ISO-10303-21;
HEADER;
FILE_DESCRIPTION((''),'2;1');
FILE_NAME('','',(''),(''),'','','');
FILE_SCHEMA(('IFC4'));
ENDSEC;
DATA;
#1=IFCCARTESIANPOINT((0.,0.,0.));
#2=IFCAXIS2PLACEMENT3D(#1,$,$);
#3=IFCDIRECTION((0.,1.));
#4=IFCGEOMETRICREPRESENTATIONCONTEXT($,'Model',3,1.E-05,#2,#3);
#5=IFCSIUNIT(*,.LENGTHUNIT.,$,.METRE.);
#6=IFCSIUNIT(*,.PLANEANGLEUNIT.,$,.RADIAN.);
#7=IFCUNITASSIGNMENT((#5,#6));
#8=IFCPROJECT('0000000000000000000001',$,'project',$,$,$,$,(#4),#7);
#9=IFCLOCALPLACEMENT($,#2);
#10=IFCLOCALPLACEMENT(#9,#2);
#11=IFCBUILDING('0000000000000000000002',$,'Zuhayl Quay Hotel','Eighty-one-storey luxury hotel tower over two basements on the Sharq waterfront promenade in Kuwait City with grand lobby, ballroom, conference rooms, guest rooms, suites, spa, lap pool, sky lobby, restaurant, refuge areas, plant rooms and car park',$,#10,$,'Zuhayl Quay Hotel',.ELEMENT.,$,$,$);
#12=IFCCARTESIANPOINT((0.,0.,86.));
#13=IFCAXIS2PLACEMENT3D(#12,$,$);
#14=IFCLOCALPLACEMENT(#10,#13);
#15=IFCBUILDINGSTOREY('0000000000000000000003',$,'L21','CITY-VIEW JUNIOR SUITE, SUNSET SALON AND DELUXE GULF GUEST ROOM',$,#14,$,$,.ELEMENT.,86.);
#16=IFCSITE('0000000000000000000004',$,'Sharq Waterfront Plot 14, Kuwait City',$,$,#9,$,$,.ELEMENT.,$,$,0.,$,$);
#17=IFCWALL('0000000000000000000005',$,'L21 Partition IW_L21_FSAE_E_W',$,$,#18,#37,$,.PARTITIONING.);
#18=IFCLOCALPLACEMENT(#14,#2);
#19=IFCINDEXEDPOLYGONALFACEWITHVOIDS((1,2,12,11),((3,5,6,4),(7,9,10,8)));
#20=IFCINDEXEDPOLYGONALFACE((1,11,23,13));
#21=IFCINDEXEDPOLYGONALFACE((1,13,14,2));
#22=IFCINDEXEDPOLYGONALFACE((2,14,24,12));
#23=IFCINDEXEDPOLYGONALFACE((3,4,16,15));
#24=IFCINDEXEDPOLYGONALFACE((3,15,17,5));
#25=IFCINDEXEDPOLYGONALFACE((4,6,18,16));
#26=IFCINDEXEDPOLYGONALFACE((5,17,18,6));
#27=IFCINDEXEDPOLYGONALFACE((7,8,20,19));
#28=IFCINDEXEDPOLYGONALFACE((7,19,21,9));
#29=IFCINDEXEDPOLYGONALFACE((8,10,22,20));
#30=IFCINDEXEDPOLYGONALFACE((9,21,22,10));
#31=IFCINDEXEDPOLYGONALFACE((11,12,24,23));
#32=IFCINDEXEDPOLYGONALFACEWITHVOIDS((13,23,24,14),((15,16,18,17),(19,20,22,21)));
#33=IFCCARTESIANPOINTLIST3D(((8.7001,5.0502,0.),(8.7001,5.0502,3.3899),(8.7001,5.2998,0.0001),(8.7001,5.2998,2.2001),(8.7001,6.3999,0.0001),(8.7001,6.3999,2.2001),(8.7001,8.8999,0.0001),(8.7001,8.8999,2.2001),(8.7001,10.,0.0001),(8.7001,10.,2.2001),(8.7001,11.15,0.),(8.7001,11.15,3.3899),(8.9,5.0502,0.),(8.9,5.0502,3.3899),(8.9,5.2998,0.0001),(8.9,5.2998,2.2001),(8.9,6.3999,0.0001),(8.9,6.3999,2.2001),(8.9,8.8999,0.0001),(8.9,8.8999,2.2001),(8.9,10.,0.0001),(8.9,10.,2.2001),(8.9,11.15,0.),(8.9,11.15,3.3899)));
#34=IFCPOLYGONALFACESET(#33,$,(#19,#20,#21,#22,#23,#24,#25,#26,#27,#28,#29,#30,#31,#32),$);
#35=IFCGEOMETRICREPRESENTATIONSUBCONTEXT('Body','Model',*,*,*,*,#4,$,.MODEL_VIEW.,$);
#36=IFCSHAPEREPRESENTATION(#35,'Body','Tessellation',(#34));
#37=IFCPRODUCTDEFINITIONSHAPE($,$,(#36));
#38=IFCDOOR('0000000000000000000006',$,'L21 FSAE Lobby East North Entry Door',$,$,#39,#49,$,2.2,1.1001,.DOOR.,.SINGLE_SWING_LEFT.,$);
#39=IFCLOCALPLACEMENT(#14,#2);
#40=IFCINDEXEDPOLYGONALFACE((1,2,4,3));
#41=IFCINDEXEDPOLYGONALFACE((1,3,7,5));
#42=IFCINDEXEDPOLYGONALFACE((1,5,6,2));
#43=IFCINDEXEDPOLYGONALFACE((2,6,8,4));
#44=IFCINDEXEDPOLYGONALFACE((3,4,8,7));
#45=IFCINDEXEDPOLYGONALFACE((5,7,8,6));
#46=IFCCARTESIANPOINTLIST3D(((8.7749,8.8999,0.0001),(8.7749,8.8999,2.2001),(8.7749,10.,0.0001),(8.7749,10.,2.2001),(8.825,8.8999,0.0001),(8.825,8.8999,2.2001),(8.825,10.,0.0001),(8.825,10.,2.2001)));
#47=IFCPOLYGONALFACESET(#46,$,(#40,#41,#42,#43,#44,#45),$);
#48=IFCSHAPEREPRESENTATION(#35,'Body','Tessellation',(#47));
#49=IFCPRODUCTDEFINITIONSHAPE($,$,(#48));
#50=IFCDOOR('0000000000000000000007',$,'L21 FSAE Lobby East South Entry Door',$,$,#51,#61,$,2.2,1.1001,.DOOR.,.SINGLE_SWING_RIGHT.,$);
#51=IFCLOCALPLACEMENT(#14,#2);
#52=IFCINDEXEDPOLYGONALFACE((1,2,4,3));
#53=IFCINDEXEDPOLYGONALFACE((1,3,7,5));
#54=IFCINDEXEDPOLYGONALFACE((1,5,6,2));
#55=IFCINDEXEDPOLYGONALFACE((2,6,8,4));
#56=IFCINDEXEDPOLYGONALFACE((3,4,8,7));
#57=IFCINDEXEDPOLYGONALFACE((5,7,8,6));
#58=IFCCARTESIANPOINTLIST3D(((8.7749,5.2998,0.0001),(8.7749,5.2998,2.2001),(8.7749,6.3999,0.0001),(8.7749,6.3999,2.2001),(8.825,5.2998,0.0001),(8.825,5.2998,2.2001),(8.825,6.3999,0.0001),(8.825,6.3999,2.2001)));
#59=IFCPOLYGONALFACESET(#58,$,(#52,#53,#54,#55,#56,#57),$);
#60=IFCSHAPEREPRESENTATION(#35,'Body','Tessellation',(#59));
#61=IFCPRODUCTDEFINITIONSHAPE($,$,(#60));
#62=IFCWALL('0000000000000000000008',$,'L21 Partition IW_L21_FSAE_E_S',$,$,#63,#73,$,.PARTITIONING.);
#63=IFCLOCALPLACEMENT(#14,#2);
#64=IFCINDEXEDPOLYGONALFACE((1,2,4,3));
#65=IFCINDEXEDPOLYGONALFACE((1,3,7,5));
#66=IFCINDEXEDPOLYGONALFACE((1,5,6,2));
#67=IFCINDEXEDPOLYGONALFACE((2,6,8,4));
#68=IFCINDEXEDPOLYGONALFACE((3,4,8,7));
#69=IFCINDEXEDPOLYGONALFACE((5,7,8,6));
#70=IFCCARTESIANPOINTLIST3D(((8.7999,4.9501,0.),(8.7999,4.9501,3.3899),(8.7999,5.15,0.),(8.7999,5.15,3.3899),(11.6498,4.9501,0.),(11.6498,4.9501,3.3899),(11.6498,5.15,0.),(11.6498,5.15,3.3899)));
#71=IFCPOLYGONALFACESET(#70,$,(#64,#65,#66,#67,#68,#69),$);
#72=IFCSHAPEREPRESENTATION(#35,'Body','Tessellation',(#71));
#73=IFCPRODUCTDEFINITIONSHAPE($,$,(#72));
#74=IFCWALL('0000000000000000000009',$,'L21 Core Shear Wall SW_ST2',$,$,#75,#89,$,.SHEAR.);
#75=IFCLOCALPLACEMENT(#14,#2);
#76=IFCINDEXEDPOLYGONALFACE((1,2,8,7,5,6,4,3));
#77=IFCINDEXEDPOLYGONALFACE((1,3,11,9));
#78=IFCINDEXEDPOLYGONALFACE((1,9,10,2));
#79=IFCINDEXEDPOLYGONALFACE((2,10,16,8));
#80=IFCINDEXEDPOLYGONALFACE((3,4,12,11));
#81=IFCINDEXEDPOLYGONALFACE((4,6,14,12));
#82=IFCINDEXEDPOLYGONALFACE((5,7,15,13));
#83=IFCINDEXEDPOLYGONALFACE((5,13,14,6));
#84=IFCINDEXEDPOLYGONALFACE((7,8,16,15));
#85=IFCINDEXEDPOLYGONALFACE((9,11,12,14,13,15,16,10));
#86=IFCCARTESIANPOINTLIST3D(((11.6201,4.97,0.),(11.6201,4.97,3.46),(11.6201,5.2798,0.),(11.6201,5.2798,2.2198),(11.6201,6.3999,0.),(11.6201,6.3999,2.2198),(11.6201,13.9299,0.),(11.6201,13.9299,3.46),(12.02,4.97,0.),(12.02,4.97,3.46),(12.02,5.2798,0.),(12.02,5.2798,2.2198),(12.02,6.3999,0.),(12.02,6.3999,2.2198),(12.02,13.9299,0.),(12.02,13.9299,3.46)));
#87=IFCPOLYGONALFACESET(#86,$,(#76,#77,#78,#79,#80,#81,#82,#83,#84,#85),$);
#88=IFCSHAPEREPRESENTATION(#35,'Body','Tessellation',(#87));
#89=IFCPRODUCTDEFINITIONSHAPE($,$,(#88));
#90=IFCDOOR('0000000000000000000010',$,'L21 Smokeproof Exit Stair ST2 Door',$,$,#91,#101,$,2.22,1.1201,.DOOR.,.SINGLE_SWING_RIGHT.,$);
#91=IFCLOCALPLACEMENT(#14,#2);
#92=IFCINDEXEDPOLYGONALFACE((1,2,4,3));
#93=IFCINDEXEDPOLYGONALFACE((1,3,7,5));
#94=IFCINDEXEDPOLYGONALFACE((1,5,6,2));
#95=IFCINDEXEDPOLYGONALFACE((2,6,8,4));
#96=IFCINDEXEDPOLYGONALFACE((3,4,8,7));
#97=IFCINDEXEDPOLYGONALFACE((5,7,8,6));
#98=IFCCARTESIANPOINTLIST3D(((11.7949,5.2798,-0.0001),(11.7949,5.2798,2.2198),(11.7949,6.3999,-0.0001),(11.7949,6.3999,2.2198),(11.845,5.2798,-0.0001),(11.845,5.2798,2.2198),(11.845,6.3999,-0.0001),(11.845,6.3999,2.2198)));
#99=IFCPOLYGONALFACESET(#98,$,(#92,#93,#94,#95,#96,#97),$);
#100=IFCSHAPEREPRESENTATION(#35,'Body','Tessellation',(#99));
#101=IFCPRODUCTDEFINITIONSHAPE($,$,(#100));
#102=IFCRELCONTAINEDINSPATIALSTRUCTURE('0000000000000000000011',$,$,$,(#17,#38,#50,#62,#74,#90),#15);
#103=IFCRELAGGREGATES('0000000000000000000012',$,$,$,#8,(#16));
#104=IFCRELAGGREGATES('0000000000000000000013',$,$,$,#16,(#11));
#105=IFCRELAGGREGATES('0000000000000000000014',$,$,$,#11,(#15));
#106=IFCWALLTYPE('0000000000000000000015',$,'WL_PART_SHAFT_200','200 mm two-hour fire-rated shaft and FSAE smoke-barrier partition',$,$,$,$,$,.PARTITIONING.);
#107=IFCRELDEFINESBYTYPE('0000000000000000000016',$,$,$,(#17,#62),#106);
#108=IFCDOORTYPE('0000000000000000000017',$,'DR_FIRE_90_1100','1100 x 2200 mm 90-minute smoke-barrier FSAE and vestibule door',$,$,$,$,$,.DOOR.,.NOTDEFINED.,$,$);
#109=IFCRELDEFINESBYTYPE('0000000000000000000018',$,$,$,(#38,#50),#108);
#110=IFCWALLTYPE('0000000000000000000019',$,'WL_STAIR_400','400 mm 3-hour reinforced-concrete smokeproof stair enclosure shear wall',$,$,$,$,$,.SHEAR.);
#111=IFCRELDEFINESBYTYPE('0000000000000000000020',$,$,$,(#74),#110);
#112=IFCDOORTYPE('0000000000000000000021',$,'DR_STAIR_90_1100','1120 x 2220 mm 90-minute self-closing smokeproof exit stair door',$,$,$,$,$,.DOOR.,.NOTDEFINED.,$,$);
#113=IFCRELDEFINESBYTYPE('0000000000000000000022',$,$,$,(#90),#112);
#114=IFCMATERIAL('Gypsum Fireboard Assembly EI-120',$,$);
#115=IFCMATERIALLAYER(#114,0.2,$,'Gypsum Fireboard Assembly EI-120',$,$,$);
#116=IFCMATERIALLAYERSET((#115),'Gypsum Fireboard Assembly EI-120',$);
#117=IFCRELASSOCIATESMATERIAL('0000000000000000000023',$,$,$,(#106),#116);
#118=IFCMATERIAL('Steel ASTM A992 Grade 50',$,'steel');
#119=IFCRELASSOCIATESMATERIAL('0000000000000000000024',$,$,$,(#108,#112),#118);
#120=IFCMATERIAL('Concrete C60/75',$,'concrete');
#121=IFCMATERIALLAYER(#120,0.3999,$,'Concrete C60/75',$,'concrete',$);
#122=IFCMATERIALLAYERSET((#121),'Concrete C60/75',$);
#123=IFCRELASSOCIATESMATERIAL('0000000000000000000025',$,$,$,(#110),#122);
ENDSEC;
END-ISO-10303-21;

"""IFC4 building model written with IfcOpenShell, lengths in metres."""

from ifc_helpers import new_model, si_unit, direction, frame, frame_2d, origin, place, context, subcontext, project, spatial, rectangle, extrude, material, layer, layer_set, type_object, element, fill, save


model = new_model("IFC4")

# Units and contexts
model_context = context("Model", 3, precision=1e-05, world=origin(), true_north=direction((0.0, 1.0)))
body_context = subcontext(model_context, "Body", "Model", "MODEL_VIEW")
ifc_project = project(units=[si_unit("LENGTHUNIT", "METRE"), si_unit("PLANEANGLEUNIT", "RADIAN")], contexts=[model_context])

# Site, building, storey
site_placement = place(None, origin())
site = spatial("IfcSite", under=ifc_project, at=site_placement, Name="Sharq Waterfront Plot 14, Kuwait City", CompositionType="ELEMENT", RefElevation=0.0)
building_placement = place(site_placement, origin())
building = spatial("IfcBuilding", under=site, at=building_placement, Name="Zuhayl Quay Hotel", Description="Eighty-one-storey luxury hotel tower over two basements on the Sharq waterfront promenade in Kuwait City with grand lobby, ballroom, conference rooms, guest rooms, suites, spa, lap pool, sky lobby, restaurant, refuge areas, plant rooms and car park", LongName="Zuhayl Quay Hotel", CompositionType="ELEMENT")
storey_placement = place(building_placement, frame((0.0, 0.0, 86.0)))
storey = spatial("IfcBuildingStorey", under=building, at=storey_placement, Name="L21", Description="CITY-VIEW JUNIOR SUITE, SUNSET SALON AND DELUXE GULF GUEST ROOM", CompositionType="ELEMENT", Elevation=86.0)

# Shared definitions
ifc_material_1 = material(Name="Steel ASTM A992 Grade 50", Category="steel")

# Wall, openings, doors
ifc_material_2 = material(Name="Gypsum Fireboard Assembly EI-120")
ifc_layer_1 = layer(ifc_material_2, 0.2, Name="Gypsum Fireboard Assembly EI-120")
ifc_layer_set_1 = layer_set([ifc_layer_1], Name="Gypsum Fireboard Assembly EI-120")
wall_type_1 = type_object("IfcWallType", Name="WL_PART_SHAFT_200", Description="200 mm two-hour fire-rated shaft and FSAE smoke-barrier partition", PredefinedType="PARTITIONING", material=ifc_layer_set_1)
wall_1_placement = place(storey_placement, frame((8.8, 11.1499, 0.0), z_axis=(0.0, 0.0, 1.0), x_axis=(0.0, -1.0, 0.0)))
wall_1 = element("IfcWall", 1, at=wall_1_placement, inside=storey, type_object=wall_type_1, Name="L21 Partition IW_L21_FSAE_E_W", PredefinedType="PARTITIONING", context=body_context, shape_type="SweptSolid", body=[
    extrude(rectangle(XDim=6.0999, YDim=0.2, at=frame_2d((3.0498, 0.0))), origin(), (0.0, 0.0, 1.0), 3.3899),
])
opening_1_placement = place(wall_1_placement, frame((1.1499, 0.0, 0.0)))
opening_1 = element("IfcOpeningElement", 2, at=opening_1_placement, cuts=wall_1, PredefinedType="OPENING", context=body_context, shape_type="SweptSolid", body=[
    extrude(rectangle(XDim=1.1001, YDim=2.2, at=frame_2d((0.55, 1.1001))), frame((0.0, 0.1099, 0.0), z_axis=(0.0, -1.0, 0.0), x_axis=(1.0, 0.0, 0.0)), (0.0, 0.0, 1.0), 0.22),
])
opening_2_placement = place(wall_1_placement, frame((4.75, 0.0, 0.0)))
opening_2 = element("IfcOpeningElement", 3, at=opening_2_placement, cuts=wall_1, PredefinedType="OPENING", context=body_context, shape_type="SweptSolid", body=[
    extrude(rectangle(XDim=1.1001, YDim=2.2, at=frame_2d((0.55, 1.1001))), frame((0.0, 0.1099, 0.0), z_axis=(0.0, -1.0, 0.0), x_axis=(1.0, 0.0, 0.0)), (0.0, 0.0, 1.0), 0.22),
])
door_type_1 = type_object("IfcDoorType", Name="DR_FIRE_90_1100", Description="1100 x 2200 mm 90-minute smoke-barrier FSAE and vestibule door", OperationType="NOTDEFINED", PredefinedType="DOOR", material=ifc_material_1)
door_1_placement = place(opening_1_placement, origin())
door_1 = element("IfcDoor", 4, at=door_1_placement, inside=storey, type_object=door_type_1, Name="L21 FSAE Lobby East North Entry Door", OperationType="SINGLE_SWING_LEFT", OverallHeight=2.2, OverallWidth=1.1001, PredefinedType="DOOR", context=body_context, shape_type="SweptSolid", body=[
    extrude(rectangle(XDim=1.1001, YDim=2.2, at=frame_2d((0.55, 1.1001))), frame((0.0, 0.0249, 0.0), z_axis=(0.0, -1.0, 0.0), x_axis=(1.0, 0.0, 0.0)), (0.0, 0.0, 1.0), 0.05),
])
fill(opening_1, door_1)
door_2_placement = place(opening_2_placement, origin())
door_2 = element("IfcDoor", 5, at=door_2_placement, inside=storey, type_object=door_type_1, Name="L21 FSAE Lobby East South Entry Door", OperationType="SINGLE_SWING_RIGHT", OverallHeight=2.2, OverallWidth=1.1001, PredefinedType="DOOR", context=body_context, shape_type="SweptSolid", body=[
    extrude(rectangle(XDim=1.1001, YDim=2.2, at=frame_2d((0.55, 1.1001))), frame((0.0, 0.0249, 0.0), z_axis=(0.0, -1.0, 0.0), x_axis=(1.0, 0.0, 0.0)), (0.0, 0.0, 1.0), 0.05),
])
fill(opening_2, door_2)

# Wall
wall_2_placement = place(storey_placement, frame((8.8, 5.05, 0.0), z_axis=(0.0, 0.0, 1.0), x_axis=(1.0, 0.0, 0.0)))
element("IfcWall", 6, at=wall_2_placement, inside=storey, type_object=wall_type_1, Name="L21 Partition IW_L21_FSAE_E_S", PredefinedType="PARTITIONING", context=body_context, shape_type="SweptSolid", body=[
    extrude(rectangle(XDim=2.8499, YDim=0.2, at=frame_2d((1.4248, 0.0))), origin(), (0.0, 0.0, 1.0), 3.3899),
])

# Wall, opening, door
ifc_material_3 = material(Name="Concrete C60/75", Category="concrete")
ifc_layer_2 = layer(ifc_material_3, 0.3999, Name="Concrete C60/75", Category="concrete")
ifc_layer_set_2 = layer_set([ifc_layer_2], Name="Concrete C60/75")
wall_type_2 = type_object("IfcWallType", Name="WL_STAIR_400", Description="400 mm 3-hour reinforced-concrete smokeproof stair enclosure shear wall", PredefinedType="SHEAR", material=ifc_layer_set_2)
wall_3_placement = place(storey_placement, frame((11.8201, 13.9299, 0.0), z_axis=(0.0, 0.0, 1.0), x_axis=(0.0, -1.0, 0.0)))
wall_3 = element("IfcWall", 7, at=wall_3_placement, inside=storey, type_object=wall_type_2, Name="L21 Core Shear Wall SW_ST2", PredefinedType="SHEAR", context=body_context, shape_type="SweptSolid", body=[
    extrude(rectangle(XDim=8.96, YDim=0.3999, at=frame_2d((4.48, 0.0))), origin(), (0.0, 0.0, 1.0), 3.46),
])
opening_3_placement = place(wall_3_placement, frame((7.53, 0.0, 0.0)))
opening_3 = element("IfcOpeningElement", 8, at=opening_3_placement, cuts=wall_3, PredefinedType="OPENING", context=body_context, shape_type="SweptSolid", body=[
    extrude(rectangle(XDim=1.1201, YDim=2.22, at=frame_2d((0.5601, 1.1099))), frame((0.0, 0.21, 0.0), z_axis=(0.0, -1.0, 0.0), x_axis=(1.0, 0.0, 0.0)), (0.0, 0.0, 1.0), 0.4199),
])
door_type_2 = type_object("IfcDoorType", Name="DR_STAIR_90_1100", Description="1120 x 2220 mm 90-minute self-closing smokeproof exit stair door", OperationType="NOTDEFINED", PredefinedType="DOOR", material=ifc_material_1)
door_3_placement = place(opening_3_placement, origin())
door_3 = element("IfcDoor", 9, at=door_3_placement, inside=storey, type_object=door_type_2, Name="L21 Smokeproof Exit Stair ST2 Door", OperationType="SINGLE_SWING_RIGHT", OverallHeight=2.22, OverallWidth=1.1201, PredefinedType="DOOR", context=body_context, shape_type="SweptSolid", body=[
    extrude(rectangle(XDim=1.1201, YDim=2.22, at=frame_2d((0.5601, 1.1099))), frame((0.0, 0.0249, 0.0), z_axis=(0.0, -1.0, 0.0), x_axis=(1.0, 0.0, 0.0)), (0.0, 0.0, 1.0), 0.05),
])
fill(opening_3, door_3)

save(model, "model.ifc")
